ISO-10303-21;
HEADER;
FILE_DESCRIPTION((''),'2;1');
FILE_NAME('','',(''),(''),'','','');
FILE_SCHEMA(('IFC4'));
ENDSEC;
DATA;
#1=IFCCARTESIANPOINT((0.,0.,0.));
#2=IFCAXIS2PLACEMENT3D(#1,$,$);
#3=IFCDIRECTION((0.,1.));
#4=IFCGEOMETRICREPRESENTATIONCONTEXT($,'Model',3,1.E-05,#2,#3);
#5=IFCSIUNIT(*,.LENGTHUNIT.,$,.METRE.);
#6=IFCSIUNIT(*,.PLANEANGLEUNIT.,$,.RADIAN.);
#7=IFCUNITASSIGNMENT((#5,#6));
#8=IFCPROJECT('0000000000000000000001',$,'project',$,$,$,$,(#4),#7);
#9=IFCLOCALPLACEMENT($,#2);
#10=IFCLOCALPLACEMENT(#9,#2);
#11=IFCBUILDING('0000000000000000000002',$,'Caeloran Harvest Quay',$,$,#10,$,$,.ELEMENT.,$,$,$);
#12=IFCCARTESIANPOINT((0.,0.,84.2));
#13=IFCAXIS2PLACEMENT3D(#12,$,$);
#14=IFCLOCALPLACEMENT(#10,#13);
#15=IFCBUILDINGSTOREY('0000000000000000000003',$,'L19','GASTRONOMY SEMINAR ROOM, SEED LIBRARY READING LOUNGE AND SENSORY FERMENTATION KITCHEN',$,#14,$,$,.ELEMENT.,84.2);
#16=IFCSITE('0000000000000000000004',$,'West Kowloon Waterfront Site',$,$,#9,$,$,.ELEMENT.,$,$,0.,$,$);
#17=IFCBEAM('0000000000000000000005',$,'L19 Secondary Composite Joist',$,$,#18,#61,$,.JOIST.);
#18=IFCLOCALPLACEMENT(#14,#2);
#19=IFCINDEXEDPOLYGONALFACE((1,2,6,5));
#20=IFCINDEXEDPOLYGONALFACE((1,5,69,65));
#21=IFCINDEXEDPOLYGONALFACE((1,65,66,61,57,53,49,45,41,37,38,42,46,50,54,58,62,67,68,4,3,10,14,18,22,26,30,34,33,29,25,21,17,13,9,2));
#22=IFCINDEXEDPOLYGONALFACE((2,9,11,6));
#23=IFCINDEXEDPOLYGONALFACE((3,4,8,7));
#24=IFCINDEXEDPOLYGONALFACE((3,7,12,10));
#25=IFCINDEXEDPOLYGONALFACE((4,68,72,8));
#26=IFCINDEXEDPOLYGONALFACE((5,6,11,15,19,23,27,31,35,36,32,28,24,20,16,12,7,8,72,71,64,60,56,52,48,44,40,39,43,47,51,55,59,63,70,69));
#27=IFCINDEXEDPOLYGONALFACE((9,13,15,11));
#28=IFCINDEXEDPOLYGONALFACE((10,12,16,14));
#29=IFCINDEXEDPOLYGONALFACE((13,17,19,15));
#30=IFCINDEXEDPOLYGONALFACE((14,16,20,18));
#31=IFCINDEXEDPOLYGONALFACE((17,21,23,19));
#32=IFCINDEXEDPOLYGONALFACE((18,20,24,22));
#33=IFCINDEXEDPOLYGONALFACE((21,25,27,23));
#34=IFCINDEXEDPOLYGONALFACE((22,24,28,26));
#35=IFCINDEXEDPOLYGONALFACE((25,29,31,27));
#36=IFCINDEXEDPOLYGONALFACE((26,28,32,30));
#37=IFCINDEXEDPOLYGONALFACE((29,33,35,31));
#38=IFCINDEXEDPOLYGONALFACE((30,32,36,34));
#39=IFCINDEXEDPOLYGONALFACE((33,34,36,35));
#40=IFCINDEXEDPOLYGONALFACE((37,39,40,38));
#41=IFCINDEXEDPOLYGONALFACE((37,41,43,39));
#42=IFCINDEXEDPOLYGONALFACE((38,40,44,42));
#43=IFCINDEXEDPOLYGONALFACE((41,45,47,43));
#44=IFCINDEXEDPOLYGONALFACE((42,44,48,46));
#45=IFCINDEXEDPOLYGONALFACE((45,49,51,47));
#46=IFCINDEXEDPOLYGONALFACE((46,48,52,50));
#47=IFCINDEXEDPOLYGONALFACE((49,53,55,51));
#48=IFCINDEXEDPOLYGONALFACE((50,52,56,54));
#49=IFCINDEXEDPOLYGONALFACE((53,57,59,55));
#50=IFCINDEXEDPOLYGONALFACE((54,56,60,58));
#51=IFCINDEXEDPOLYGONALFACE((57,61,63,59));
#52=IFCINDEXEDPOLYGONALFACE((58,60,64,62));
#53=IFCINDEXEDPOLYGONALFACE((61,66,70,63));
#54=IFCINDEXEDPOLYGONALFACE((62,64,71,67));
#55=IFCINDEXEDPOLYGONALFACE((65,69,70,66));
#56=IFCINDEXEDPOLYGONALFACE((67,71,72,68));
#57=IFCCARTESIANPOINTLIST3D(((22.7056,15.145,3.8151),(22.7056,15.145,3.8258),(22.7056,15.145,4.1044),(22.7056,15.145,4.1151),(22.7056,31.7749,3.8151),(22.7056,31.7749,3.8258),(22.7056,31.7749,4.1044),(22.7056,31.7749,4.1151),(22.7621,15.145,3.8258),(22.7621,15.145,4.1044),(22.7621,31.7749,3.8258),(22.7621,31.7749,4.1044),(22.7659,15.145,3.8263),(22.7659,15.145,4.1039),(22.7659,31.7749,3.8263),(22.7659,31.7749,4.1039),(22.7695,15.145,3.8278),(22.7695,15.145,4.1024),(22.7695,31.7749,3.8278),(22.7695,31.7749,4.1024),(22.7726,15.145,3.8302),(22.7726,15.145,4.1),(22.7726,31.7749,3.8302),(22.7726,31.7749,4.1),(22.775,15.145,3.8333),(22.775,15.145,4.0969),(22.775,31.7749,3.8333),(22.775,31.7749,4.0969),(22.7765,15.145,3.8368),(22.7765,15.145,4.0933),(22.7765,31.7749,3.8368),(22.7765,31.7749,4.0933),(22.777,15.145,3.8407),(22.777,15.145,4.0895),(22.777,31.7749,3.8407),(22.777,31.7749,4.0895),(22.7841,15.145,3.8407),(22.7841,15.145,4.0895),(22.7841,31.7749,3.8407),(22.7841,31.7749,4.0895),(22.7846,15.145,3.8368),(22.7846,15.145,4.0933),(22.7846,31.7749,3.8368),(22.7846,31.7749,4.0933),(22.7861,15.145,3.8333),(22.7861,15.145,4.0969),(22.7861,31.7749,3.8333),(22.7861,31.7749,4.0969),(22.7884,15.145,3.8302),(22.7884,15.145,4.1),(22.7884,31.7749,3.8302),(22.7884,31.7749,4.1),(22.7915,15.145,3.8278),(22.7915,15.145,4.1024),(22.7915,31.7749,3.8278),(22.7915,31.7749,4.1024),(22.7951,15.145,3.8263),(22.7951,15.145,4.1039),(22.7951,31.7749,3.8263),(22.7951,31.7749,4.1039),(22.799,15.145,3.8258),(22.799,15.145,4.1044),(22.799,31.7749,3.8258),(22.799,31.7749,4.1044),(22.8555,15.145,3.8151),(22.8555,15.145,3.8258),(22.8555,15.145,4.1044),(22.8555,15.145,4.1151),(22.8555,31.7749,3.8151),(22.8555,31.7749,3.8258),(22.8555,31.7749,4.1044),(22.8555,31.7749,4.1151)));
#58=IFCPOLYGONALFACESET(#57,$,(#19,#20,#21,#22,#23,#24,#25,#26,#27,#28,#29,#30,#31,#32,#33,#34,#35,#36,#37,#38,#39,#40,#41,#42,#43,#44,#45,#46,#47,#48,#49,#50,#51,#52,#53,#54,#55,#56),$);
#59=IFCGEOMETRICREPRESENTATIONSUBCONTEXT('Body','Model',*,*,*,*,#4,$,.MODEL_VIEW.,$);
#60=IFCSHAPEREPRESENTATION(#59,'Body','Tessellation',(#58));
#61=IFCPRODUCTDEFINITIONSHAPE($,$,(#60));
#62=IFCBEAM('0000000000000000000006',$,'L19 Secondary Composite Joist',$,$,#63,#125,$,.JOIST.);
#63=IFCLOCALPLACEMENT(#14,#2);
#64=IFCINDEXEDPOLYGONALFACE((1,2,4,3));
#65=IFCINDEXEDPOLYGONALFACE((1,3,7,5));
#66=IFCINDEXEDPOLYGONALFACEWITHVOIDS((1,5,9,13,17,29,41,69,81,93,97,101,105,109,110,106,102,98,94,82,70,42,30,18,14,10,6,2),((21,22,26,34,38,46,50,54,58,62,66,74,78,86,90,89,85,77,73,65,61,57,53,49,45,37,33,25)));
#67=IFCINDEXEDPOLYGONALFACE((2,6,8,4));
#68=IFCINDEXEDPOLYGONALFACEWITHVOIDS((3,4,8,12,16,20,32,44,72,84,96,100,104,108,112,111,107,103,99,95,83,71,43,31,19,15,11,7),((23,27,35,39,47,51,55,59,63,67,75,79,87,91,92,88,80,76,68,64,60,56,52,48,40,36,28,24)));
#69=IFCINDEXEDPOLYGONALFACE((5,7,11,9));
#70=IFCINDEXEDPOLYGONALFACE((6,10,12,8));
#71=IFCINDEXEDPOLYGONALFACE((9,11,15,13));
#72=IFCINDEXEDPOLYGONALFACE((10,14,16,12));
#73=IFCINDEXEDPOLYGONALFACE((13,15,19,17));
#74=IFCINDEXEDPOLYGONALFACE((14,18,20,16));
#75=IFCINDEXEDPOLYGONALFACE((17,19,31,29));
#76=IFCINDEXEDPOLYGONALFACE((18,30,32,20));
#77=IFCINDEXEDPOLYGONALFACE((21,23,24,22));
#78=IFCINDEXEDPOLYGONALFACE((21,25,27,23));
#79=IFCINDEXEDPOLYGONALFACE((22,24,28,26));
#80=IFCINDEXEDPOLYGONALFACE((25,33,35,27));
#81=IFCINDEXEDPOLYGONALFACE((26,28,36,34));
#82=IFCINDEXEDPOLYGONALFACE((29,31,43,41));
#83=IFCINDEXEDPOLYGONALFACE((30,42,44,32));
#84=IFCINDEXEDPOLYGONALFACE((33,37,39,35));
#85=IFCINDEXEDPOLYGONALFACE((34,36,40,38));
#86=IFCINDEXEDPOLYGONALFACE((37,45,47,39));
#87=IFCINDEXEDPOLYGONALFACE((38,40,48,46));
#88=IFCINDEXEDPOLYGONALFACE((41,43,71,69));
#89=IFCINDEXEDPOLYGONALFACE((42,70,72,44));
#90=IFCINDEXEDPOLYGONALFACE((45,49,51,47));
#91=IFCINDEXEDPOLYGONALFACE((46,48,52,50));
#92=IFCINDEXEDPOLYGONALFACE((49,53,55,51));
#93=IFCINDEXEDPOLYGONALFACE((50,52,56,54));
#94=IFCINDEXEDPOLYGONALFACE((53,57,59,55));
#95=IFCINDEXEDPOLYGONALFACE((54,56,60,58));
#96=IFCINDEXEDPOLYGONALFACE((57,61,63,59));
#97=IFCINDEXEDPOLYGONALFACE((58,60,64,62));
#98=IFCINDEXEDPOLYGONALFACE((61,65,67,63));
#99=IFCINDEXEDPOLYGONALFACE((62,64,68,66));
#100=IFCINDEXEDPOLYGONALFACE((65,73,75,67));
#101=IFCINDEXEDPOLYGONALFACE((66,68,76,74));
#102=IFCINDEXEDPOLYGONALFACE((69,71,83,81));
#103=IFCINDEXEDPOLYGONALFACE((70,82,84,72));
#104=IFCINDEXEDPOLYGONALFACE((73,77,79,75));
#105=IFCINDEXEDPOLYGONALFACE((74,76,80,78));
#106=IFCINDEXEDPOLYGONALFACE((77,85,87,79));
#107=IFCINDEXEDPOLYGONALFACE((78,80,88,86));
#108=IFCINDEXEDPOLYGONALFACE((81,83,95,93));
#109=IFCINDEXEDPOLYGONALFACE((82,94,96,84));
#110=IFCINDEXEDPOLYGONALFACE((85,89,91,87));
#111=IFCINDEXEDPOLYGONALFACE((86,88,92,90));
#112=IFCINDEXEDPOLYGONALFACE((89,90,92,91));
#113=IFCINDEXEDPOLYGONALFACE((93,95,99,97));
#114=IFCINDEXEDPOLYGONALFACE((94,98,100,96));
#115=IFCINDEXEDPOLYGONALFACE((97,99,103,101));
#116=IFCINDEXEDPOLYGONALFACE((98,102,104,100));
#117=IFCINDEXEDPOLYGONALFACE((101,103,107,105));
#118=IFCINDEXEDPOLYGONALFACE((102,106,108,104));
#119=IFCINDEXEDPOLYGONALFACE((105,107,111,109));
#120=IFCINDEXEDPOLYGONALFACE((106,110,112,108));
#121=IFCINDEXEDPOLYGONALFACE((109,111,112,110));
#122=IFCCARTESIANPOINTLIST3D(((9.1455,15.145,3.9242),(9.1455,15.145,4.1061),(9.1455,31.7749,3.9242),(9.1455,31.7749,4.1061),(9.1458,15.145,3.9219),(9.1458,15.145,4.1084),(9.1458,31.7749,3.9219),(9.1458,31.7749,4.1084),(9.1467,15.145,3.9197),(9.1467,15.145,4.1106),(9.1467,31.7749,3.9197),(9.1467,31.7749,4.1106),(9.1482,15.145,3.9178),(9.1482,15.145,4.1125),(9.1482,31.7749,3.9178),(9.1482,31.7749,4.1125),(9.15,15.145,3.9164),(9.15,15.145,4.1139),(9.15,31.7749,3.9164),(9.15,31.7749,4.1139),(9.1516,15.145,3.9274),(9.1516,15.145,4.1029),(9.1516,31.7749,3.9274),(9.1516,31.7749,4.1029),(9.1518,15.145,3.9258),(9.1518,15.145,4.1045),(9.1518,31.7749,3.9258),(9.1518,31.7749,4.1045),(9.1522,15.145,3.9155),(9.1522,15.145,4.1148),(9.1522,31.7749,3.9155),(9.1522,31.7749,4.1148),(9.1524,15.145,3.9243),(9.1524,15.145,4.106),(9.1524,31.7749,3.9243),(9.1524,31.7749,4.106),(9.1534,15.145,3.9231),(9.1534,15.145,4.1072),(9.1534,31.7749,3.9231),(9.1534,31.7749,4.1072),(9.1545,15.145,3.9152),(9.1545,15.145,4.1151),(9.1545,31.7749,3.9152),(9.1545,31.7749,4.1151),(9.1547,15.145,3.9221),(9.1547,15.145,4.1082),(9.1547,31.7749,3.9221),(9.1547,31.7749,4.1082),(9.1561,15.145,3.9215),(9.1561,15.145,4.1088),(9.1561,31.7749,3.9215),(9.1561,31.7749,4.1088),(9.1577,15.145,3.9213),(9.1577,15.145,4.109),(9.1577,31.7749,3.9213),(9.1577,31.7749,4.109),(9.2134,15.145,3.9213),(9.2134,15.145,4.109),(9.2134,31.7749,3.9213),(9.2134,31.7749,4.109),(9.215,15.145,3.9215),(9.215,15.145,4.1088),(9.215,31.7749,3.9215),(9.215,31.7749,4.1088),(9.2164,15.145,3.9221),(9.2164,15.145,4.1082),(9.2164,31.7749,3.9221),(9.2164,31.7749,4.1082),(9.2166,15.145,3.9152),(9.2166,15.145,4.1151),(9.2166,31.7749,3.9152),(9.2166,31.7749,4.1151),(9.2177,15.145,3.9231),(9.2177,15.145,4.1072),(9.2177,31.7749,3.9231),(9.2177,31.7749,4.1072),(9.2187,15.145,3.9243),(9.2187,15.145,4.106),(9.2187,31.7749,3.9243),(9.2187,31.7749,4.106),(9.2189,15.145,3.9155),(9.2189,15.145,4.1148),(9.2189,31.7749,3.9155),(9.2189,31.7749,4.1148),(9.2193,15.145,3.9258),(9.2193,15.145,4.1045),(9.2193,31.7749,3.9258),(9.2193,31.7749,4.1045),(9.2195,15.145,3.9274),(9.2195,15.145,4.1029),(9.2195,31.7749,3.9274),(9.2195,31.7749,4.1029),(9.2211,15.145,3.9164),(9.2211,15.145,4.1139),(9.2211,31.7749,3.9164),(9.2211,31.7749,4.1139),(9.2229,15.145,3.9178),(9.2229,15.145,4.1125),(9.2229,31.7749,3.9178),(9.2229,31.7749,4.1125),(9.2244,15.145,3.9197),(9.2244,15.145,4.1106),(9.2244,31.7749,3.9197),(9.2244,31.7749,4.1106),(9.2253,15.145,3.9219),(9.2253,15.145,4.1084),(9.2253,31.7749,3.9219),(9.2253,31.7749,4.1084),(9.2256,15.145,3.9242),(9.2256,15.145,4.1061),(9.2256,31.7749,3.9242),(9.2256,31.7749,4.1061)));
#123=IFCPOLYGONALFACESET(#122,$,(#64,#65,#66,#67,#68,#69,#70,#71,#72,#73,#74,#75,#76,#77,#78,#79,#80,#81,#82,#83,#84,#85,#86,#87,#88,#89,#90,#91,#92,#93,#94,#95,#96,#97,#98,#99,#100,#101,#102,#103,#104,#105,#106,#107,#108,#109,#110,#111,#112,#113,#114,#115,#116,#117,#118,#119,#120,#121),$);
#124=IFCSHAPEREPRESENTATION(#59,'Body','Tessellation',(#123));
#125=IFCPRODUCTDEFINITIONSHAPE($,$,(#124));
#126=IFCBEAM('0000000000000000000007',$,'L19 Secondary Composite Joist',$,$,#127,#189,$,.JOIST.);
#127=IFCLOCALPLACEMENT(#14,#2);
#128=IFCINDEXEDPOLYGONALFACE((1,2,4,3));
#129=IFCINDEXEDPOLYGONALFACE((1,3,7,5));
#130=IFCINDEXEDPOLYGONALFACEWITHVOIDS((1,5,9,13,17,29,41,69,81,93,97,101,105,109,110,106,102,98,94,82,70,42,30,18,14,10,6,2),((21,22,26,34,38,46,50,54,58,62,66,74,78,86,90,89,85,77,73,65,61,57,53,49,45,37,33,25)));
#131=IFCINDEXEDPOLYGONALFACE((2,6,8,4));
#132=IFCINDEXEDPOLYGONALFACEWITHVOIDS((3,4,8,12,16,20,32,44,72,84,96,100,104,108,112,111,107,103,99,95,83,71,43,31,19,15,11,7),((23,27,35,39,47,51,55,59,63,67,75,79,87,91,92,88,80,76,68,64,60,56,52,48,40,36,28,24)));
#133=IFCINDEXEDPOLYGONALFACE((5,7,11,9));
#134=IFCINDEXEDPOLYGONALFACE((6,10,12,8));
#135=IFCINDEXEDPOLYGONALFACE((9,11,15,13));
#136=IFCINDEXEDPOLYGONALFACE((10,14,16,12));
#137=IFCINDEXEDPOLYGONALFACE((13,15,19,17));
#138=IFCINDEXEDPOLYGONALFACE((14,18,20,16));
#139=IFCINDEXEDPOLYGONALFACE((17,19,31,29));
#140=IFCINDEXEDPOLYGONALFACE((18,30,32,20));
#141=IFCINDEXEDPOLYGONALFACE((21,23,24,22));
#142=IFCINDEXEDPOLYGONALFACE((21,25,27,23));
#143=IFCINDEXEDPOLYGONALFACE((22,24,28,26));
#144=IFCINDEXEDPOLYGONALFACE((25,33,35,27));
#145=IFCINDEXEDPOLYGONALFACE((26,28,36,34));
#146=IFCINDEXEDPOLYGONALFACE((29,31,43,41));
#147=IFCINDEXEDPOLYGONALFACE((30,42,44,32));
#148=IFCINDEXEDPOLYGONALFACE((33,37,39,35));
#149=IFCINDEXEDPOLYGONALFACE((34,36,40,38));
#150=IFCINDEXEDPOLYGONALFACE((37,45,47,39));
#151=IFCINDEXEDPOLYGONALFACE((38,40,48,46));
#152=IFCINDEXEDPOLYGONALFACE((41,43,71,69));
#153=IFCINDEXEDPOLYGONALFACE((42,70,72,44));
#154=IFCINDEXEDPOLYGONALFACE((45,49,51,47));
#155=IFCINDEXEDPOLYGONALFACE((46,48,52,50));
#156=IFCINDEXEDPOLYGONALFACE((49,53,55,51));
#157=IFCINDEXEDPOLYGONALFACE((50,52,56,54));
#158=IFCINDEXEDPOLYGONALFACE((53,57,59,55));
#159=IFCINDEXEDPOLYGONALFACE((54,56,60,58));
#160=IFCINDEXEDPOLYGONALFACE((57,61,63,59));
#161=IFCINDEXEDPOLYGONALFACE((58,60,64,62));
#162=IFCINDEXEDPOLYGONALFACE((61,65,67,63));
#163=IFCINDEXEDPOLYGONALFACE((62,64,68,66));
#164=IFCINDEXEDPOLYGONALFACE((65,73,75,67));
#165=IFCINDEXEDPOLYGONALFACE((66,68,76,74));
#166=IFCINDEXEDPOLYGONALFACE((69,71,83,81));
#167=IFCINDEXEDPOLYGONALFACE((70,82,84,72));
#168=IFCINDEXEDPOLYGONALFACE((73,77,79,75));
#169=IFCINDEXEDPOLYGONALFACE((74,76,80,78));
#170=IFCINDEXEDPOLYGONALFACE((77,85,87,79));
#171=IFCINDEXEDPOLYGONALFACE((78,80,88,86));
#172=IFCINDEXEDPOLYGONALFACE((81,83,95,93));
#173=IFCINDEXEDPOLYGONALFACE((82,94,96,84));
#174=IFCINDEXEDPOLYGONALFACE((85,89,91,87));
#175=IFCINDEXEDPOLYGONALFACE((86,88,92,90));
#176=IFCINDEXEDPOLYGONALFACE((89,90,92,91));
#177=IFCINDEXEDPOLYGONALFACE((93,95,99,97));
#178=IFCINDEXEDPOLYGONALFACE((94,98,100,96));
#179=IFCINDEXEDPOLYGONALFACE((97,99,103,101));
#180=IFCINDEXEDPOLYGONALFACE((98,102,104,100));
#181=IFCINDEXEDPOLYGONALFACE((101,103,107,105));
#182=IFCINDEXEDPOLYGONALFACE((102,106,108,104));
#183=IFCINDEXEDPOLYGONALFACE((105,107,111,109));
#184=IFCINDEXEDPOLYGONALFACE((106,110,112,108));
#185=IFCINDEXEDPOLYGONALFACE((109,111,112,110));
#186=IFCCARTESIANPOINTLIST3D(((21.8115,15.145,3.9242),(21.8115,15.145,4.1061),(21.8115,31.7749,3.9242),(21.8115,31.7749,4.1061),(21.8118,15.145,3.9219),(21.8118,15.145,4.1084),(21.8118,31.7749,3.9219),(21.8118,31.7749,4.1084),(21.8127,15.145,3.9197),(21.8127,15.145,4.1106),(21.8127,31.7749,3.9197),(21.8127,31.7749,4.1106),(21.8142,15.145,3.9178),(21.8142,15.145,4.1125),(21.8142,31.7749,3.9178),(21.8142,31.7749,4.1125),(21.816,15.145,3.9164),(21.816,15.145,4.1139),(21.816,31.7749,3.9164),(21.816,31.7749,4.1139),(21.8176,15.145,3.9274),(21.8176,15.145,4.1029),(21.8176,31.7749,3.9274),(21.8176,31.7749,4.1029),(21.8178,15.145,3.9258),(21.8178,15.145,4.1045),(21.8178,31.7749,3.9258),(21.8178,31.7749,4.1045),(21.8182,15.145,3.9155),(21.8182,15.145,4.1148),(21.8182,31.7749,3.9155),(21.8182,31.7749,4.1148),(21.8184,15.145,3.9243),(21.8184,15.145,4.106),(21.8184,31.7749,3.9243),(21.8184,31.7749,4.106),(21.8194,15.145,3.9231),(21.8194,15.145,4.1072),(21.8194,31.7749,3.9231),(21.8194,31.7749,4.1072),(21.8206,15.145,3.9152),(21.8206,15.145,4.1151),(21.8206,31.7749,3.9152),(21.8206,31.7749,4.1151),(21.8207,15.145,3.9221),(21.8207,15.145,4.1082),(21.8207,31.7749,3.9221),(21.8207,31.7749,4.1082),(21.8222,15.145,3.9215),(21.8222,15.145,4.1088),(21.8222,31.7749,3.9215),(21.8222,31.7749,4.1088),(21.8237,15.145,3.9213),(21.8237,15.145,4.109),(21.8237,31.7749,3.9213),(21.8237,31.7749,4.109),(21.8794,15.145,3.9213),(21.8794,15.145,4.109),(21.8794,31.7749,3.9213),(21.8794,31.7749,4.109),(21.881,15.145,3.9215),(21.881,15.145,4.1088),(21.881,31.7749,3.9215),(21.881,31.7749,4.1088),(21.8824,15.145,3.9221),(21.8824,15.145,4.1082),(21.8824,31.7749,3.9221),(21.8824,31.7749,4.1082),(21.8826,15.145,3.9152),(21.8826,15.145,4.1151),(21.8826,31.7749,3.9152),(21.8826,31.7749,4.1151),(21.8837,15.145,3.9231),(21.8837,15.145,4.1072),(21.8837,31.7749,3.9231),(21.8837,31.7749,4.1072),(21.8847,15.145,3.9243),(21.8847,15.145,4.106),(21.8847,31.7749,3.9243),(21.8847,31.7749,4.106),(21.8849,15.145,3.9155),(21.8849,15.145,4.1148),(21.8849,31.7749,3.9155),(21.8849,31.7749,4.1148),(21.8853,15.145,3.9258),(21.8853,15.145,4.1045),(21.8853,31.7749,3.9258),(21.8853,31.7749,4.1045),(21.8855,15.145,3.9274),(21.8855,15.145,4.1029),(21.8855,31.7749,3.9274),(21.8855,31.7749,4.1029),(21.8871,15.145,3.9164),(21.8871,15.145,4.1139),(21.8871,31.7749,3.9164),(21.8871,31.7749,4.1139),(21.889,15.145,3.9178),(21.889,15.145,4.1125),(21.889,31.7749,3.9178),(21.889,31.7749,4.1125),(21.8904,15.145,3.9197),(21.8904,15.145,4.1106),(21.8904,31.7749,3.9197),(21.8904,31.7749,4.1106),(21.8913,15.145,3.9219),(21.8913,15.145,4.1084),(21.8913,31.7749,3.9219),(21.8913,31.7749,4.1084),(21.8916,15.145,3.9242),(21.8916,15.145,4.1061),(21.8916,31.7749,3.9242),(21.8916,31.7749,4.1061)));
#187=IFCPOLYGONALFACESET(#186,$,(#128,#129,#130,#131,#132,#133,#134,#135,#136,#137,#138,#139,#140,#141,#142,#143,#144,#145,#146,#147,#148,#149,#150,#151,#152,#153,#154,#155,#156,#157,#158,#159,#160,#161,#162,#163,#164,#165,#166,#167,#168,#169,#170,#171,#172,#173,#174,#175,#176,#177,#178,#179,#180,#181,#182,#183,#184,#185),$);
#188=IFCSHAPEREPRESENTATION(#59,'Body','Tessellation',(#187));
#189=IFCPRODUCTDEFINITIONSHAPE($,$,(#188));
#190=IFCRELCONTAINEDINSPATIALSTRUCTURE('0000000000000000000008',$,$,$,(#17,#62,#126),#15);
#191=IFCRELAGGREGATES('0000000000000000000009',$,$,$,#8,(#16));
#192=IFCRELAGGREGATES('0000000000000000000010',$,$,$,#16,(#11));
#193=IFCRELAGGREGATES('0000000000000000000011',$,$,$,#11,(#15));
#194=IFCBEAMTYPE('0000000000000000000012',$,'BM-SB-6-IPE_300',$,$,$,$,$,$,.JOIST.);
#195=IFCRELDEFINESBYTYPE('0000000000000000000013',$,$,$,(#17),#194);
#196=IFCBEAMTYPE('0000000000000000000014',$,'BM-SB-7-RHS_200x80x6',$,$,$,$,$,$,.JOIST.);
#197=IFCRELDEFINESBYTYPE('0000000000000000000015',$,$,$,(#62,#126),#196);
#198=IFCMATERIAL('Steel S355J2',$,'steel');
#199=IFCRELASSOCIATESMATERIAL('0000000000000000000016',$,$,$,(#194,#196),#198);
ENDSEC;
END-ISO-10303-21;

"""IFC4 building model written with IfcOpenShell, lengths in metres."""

from ifc_helpers import new_model, si_unit, direction, frame, origin, origin_2d, place, context, subcontext, project, spatial, hollow_rectangle, i_section, extrude, material, material_profile, profile_set, type_object, element, save


model = new_model("IFC4")

# Units and contexts
model_context = context("Model", 3, precision=1e-05, world=origin(), true_north=direction((0.0, 1.0)))
body_context = subcontext(model_context, "Body", "Model", "MODEL_VIEW")
ifc_project = project(units=[si_unit("LENGTHUNIT", "METRE"), si_unit("PLANEANGLEUNIT", "RADIAN")], contexts=[model_context])

# Site, building, storey
site_placement = place(None, origin())
site = spatial("IfcSite", under=ifc_project, at=site_placement, Name="West Kowloon Waterfront Site", CompositionType="ELEMENT", RefElevation=0.0)
building_placement = place(site_placement, origin())
building = spatial("IfcBuilding", under=site, at=building_placement, Name="Caeloran Harvest Quay", CompositionType="ELEMENT")
storey_placement = place(building_placement, frame((0.0, 0.0, 84.2)))
storey = spatial("IfcBuildingStorey", under=building, at=storey_placement, Name="L19", Description="GASTRONOMY SEMINAR ROOM, SEED LIBRARY READING LOUNGE AND SENSORY FERMENTATION KITCHEN", CompositionType="ELEMENT", Elevation=84.2)

# Beams
ifc_material_1 = material(Name="Steel S355J2", Category="steel")
ifc_material_profile_1 = material_profile(ifc_material_1, i_section(OverallWidth=0.1499, OverallDepth=0.3, WebThickness=0.0071, FlangeThickness=0.0107, FilletRadius=0.0149, at=origin_2d()), Name="IPE 300")
ifc_profile_set_1 = profile_set([ifc_material_profile_1], Name="Steel S355J2")
beam_type_1 = type_object("IfcBeamType", Name="BM-SB-6-IPE_300", PredefinedType="JOIST", material=ifc_profile_set_1)
for number, where, z_axis, x_axis, name in (
    (1, (22.7805, 15.145, 3.9651), (0.0, 1.0, 0.0), (-1.0, 0.0, 0.0), "L19 Secondary Composite Joist"),
):
    element("IfcBeam", number, at=place(storey_placement, frame(where, z_axis=z_axis, x_axis=x_axis)), inside=storey, type_object=beam_type_1, Name=name, PredefinedType="JOIST", context=body_context, shape_type="SweptSolid", body=[
        extrude(i_section(OverallWidth=0.1499, OverallDepth=0.3, WebThickness=0.0071, FlangeThickness=0.0107, FilletRadius=0.0149, at=origin_2d()), origin(), (0.0, 0.0, 1.0), 16.6299),
    ])
ifc_material_profile_2 = material_profile(ifc_material_1, hollow_rectangle(XDim=0.0801, YDim=0.2, WallThickness=0.0061, InnerFilletRadius=0.0061, OuterFilletRadius=0.009, at=origin_2d()), Name="RHS 200x80x6")
ifc_profile_set_2 = profile_set([ifc_material_profile_2], Name="Steel S355J2")
beam_type_2 = type_object("IfcBeamType", Name="BM-SB-7-RHS_200x80x6", PredefinedType="JOIST", material=ifc_profile_set_2)
for number, where, z_axis, x_axis, name in (
    (2, (9.1855, 15.145, 4.0151), (0.0, 1.0, 0.0), (-1.0, 0.0, 0.0), "L19 Secondary Composite Joist"),
    (3, (21.8516, 15.145, 4.0151), (0.0, 1.0, 0.0), (-1.0, 0.0, 0.0), "L19 Secondary Composite Joist"),
):
    element("IfcBeam", number, at=place(storey_placement, frame(where, z_axis=z_axis, x_axis=x_axis)), inside=storey, type_object=beam_type_2, Name=name, PredefinedType="JOIST", context=body_context, shape_type="SweptSolid", body=[
        extrude(hollow_rectangle(XDim=0.0801, YDim=0.2, WallThickness=0.0061, InnerFilletRadius=0.0061, OuterFilletRadius=0.009, at=origin_2d()), origin(), (0.0, 0.0, 1.0), 16.6299),
    ])

save(model, "model.ifc")
